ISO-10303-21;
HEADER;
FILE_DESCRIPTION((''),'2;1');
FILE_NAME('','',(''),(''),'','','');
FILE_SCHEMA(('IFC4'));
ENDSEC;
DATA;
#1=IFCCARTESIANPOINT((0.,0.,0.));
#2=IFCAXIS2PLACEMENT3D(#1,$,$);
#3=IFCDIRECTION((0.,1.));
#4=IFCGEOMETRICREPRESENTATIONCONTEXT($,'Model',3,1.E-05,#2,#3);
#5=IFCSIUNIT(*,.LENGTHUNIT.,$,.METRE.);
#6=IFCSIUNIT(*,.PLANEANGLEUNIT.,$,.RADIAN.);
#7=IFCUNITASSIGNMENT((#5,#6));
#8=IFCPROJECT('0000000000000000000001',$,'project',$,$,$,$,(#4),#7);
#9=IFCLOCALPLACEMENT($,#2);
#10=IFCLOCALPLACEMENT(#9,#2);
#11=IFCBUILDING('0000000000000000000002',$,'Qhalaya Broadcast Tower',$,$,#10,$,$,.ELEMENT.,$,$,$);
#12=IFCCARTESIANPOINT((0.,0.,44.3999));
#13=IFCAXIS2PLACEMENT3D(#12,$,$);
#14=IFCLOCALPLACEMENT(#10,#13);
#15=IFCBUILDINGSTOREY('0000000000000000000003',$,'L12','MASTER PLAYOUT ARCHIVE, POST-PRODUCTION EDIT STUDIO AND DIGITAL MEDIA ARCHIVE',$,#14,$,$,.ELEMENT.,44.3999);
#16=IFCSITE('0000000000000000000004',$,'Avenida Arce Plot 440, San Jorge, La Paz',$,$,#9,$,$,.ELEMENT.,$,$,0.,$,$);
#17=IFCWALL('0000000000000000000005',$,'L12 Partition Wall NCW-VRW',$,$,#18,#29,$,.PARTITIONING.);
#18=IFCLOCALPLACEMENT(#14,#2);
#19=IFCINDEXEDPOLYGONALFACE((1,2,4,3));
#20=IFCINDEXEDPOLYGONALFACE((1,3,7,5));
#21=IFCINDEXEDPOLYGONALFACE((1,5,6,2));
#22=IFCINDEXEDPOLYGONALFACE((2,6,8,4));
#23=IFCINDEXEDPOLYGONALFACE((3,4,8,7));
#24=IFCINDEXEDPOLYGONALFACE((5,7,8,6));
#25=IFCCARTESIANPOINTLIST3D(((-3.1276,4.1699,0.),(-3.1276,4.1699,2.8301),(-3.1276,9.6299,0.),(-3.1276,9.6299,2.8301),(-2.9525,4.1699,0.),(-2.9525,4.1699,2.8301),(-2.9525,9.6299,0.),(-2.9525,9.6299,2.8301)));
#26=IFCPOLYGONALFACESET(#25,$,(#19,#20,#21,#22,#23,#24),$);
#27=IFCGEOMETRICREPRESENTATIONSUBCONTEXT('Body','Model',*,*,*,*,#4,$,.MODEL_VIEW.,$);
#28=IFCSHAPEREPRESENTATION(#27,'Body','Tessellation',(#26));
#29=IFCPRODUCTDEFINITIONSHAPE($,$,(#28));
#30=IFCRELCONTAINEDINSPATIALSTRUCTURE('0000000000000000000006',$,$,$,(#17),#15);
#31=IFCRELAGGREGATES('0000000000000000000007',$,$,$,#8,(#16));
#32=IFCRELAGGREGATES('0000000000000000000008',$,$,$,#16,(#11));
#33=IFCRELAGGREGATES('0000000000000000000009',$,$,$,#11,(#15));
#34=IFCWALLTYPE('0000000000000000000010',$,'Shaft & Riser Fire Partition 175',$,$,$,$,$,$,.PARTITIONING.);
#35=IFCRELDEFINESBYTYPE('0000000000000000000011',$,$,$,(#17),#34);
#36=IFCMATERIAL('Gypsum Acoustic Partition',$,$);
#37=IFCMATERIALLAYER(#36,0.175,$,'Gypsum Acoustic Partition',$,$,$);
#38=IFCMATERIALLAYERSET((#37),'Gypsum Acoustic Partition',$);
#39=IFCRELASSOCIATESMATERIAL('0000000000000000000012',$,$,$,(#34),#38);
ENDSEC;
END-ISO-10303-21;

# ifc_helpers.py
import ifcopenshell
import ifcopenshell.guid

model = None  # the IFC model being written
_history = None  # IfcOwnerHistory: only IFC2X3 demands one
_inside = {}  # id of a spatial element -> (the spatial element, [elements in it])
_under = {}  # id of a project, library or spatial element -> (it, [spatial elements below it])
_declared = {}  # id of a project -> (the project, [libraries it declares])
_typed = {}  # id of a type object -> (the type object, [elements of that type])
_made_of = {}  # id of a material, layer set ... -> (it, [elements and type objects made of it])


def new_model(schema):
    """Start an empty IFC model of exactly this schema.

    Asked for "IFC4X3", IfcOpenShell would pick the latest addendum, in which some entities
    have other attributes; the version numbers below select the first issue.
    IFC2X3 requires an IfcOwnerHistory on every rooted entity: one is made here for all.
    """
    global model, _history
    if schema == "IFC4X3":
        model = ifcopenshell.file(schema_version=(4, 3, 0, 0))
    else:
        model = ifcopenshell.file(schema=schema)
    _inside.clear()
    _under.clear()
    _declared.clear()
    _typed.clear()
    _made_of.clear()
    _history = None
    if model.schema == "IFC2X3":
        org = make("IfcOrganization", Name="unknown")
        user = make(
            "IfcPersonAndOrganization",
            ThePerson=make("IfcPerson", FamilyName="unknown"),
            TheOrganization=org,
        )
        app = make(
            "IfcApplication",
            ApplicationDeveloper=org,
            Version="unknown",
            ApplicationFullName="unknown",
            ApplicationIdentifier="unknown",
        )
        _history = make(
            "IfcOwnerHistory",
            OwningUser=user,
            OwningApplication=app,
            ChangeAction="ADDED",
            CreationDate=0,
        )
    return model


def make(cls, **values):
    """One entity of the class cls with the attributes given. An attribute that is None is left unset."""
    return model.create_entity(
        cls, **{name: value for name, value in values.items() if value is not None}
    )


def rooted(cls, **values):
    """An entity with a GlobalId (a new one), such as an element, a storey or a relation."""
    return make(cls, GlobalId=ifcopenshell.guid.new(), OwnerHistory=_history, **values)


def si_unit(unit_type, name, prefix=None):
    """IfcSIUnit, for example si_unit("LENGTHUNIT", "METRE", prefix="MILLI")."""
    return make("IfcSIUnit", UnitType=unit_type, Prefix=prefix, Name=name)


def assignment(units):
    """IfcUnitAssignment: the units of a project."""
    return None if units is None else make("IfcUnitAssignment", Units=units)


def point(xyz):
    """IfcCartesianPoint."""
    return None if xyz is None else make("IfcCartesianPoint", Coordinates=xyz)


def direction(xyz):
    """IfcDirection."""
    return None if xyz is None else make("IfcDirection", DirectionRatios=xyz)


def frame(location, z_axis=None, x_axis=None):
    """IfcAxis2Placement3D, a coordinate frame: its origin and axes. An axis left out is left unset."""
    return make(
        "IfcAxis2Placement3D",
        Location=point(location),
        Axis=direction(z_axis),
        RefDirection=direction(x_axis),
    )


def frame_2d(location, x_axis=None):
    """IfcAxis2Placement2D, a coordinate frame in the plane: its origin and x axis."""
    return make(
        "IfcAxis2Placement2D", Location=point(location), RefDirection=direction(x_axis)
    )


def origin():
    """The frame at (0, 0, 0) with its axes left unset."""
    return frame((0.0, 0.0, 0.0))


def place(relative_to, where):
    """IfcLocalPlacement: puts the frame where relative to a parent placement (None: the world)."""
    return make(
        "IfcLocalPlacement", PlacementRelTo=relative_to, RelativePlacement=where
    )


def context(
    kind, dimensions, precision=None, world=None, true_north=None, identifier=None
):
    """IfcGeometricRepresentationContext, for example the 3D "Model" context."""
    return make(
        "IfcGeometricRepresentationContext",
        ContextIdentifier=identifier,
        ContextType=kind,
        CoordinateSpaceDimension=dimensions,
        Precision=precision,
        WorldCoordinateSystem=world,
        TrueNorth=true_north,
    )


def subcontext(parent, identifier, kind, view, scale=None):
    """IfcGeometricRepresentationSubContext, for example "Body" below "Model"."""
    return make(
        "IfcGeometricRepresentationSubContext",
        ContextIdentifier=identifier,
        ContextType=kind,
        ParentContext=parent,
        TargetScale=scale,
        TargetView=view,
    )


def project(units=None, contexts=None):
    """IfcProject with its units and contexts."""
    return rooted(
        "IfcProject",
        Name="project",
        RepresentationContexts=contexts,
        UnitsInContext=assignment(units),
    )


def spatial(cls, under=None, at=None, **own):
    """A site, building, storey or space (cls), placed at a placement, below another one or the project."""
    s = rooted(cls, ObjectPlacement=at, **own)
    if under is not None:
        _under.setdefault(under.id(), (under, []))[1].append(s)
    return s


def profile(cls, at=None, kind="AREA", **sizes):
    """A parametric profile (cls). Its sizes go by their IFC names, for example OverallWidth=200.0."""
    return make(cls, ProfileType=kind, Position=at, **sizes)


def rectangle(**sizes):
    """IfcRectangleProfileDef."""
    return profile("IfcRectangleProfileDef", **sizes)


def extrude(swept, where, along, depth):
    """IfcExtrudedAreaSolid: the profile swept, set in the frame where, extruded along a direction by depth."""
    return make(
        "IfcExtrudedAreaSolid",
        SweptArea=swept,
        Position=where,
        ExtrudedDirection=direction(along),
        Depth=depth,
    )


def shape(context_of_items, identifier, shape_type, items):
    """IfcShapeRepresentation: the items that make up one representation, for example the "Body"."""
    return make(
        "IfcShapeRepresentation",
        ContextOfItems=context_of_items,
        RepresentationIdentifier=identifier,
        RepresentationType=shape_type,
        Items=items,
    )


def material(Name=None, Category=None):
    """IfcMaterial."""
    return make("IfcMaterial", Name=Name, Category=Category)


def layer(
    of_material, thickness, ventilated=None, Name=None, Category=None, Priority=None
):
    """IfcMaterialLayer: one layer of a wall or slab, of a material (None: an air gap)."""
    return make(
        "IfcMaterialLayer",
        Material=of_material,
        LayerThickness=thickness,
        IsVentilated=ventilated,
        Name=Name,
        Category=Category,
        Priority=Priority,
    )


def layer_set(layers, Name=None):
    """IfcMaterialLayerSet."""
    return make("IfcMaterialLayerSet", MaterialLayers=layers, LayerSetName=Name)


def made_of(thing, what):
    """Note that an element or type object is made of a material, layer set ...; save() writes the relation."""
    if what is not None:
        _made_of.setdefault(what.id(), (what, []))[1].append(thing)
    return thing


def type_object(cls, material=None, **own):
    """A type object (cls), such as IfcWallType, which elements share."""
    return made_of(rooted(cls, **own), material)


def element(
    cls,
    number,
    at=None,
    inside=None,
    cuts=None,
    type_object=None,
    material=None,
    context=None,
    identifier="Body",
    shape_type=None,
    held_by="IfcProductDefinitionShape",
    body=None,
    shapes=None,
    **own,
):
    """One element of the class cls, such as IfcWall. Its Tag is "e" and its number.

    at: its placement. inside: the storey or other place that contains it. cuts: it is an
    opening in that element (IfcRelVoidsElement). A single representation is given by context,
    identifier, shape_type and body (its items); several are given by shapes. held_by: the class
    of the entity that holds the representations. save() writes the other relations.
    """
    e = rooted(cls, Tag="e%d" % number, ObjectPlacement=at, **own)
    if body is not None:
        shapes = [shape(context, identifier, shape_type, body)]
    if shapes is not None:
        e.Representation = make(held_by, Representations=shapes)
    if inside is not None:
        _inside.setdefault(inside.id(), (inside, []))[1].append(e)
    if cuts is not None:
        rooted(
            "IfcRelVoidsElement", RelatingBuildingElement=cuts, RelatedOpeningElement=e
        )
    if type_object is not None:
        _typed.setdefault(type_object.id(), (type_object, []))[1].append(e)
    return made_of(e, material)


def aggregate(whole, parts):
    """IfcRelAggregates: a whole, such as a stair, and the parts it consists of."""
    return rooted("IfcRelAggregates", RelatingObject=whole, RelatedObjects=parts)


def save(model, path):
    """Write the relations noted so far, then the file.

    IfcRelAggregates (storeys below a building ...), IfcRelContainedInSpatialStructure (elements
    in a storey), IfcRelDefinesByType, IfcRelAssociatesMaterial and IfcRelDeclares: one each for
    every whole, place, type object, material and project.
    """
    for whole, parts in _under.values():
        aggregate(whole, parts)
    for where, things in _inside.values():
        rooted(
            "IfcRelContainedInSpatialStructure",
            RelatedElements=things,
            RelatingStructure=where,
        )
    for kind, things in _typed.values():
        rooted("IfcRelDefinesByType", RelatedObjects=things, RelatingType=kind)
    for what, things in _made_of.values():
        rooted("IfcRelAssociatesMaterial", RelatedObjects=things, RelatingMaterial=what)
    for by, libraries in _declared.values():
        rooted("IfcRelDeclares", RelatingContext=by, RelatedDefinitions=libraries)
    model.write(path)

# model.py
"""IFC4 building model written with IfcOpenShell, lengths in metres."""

from ifc_helpers import new_model, si_unit, direction, frame, frame_2d, origin, place, context, subcontext, project, spatial, rectangle, extrude, material, layer, layer_set, type_object, element, save


model = new_model("IFC4")

# Units and contexts
model_context = context("Model", 3, precision=1e-05, world=origin(), true_north=direction((0.0, 1.0)))
body_context = subcontext(model_context, "Body", "Model", "MODEL_VIEW")
ifc_project = project(units=[si_unit("LENGTHUNIT", "METRE"), si_unit("PLANEANGLEUNIT", "RADIAN")], contexts=[model_context])

# Site, building, storey
site_placement = place(None, origin())
site = spatial("IfcSite", under=ifc_project, at=site_placement, Name="Avenida Arce Plot 440, San Jorge, La Paz", CompositionType="ELEMENT", RefElevation=0.0)
building_placement = place(site_placement, origin())
building = spatial("IfcBuilding", under=site, at=building_placement, Name="Qhalaya Broadcast Tower", CompositionType="ELEMENT")
storey_placement = place(building_placement, frame((0.0, 0.0, 44.3999)))
storey = spatial("IfcBuildingStorey", under=building, at=storey_placement, Name="L12", Description="MASTER PLAYOUT ARCHIVE, POST-PRODUCTION EDIT STUDIO AND DIGITAL MEDIA ARCHIVE", CompositionType="ELEMENT", Elevation=44.3999)

# Shared definitions
ifc_material_1 = material(Name="Gypsum Acoustic Partition")

# Wall
ifc_layer_1 = layer(ifc_material_1, 0.175, Name="Gypsum Acoustic Partition")
ifc_layer_set_1 = layer_set([ifc_layer_1], Name="Gypsum Acoustic Partition")
wall_type_1 = type_object("IfcWallType", Name="Shaft & Riser Fire Partition 175", PredefinedType="PARTITIONING", material=ifc_layer_set_1)
wall_1_placement = place(storey_placement, frame((-3.04, 4.1699, 0.0), z_axis=(0.0, 0.0, 1.0), x_axis=(0.0, 1.0, 0.0)))
element("IfcWall", 1, at=wall_1_placement, inside=storey, type_object=wall_type_1, Name="L12 Partition Wall NCW-VRW", PredefinedType="PARTITIONING", context=body_context, shape_type="SweptSolid", body=[
    extrude(rectangle(XDim=5.46, YDim=0.175, at=frame_2d((2.73, 0.0))), origin(), (0.0, 0.0, 1.0), 2.8301),
])

save(model, "model.ifc")
